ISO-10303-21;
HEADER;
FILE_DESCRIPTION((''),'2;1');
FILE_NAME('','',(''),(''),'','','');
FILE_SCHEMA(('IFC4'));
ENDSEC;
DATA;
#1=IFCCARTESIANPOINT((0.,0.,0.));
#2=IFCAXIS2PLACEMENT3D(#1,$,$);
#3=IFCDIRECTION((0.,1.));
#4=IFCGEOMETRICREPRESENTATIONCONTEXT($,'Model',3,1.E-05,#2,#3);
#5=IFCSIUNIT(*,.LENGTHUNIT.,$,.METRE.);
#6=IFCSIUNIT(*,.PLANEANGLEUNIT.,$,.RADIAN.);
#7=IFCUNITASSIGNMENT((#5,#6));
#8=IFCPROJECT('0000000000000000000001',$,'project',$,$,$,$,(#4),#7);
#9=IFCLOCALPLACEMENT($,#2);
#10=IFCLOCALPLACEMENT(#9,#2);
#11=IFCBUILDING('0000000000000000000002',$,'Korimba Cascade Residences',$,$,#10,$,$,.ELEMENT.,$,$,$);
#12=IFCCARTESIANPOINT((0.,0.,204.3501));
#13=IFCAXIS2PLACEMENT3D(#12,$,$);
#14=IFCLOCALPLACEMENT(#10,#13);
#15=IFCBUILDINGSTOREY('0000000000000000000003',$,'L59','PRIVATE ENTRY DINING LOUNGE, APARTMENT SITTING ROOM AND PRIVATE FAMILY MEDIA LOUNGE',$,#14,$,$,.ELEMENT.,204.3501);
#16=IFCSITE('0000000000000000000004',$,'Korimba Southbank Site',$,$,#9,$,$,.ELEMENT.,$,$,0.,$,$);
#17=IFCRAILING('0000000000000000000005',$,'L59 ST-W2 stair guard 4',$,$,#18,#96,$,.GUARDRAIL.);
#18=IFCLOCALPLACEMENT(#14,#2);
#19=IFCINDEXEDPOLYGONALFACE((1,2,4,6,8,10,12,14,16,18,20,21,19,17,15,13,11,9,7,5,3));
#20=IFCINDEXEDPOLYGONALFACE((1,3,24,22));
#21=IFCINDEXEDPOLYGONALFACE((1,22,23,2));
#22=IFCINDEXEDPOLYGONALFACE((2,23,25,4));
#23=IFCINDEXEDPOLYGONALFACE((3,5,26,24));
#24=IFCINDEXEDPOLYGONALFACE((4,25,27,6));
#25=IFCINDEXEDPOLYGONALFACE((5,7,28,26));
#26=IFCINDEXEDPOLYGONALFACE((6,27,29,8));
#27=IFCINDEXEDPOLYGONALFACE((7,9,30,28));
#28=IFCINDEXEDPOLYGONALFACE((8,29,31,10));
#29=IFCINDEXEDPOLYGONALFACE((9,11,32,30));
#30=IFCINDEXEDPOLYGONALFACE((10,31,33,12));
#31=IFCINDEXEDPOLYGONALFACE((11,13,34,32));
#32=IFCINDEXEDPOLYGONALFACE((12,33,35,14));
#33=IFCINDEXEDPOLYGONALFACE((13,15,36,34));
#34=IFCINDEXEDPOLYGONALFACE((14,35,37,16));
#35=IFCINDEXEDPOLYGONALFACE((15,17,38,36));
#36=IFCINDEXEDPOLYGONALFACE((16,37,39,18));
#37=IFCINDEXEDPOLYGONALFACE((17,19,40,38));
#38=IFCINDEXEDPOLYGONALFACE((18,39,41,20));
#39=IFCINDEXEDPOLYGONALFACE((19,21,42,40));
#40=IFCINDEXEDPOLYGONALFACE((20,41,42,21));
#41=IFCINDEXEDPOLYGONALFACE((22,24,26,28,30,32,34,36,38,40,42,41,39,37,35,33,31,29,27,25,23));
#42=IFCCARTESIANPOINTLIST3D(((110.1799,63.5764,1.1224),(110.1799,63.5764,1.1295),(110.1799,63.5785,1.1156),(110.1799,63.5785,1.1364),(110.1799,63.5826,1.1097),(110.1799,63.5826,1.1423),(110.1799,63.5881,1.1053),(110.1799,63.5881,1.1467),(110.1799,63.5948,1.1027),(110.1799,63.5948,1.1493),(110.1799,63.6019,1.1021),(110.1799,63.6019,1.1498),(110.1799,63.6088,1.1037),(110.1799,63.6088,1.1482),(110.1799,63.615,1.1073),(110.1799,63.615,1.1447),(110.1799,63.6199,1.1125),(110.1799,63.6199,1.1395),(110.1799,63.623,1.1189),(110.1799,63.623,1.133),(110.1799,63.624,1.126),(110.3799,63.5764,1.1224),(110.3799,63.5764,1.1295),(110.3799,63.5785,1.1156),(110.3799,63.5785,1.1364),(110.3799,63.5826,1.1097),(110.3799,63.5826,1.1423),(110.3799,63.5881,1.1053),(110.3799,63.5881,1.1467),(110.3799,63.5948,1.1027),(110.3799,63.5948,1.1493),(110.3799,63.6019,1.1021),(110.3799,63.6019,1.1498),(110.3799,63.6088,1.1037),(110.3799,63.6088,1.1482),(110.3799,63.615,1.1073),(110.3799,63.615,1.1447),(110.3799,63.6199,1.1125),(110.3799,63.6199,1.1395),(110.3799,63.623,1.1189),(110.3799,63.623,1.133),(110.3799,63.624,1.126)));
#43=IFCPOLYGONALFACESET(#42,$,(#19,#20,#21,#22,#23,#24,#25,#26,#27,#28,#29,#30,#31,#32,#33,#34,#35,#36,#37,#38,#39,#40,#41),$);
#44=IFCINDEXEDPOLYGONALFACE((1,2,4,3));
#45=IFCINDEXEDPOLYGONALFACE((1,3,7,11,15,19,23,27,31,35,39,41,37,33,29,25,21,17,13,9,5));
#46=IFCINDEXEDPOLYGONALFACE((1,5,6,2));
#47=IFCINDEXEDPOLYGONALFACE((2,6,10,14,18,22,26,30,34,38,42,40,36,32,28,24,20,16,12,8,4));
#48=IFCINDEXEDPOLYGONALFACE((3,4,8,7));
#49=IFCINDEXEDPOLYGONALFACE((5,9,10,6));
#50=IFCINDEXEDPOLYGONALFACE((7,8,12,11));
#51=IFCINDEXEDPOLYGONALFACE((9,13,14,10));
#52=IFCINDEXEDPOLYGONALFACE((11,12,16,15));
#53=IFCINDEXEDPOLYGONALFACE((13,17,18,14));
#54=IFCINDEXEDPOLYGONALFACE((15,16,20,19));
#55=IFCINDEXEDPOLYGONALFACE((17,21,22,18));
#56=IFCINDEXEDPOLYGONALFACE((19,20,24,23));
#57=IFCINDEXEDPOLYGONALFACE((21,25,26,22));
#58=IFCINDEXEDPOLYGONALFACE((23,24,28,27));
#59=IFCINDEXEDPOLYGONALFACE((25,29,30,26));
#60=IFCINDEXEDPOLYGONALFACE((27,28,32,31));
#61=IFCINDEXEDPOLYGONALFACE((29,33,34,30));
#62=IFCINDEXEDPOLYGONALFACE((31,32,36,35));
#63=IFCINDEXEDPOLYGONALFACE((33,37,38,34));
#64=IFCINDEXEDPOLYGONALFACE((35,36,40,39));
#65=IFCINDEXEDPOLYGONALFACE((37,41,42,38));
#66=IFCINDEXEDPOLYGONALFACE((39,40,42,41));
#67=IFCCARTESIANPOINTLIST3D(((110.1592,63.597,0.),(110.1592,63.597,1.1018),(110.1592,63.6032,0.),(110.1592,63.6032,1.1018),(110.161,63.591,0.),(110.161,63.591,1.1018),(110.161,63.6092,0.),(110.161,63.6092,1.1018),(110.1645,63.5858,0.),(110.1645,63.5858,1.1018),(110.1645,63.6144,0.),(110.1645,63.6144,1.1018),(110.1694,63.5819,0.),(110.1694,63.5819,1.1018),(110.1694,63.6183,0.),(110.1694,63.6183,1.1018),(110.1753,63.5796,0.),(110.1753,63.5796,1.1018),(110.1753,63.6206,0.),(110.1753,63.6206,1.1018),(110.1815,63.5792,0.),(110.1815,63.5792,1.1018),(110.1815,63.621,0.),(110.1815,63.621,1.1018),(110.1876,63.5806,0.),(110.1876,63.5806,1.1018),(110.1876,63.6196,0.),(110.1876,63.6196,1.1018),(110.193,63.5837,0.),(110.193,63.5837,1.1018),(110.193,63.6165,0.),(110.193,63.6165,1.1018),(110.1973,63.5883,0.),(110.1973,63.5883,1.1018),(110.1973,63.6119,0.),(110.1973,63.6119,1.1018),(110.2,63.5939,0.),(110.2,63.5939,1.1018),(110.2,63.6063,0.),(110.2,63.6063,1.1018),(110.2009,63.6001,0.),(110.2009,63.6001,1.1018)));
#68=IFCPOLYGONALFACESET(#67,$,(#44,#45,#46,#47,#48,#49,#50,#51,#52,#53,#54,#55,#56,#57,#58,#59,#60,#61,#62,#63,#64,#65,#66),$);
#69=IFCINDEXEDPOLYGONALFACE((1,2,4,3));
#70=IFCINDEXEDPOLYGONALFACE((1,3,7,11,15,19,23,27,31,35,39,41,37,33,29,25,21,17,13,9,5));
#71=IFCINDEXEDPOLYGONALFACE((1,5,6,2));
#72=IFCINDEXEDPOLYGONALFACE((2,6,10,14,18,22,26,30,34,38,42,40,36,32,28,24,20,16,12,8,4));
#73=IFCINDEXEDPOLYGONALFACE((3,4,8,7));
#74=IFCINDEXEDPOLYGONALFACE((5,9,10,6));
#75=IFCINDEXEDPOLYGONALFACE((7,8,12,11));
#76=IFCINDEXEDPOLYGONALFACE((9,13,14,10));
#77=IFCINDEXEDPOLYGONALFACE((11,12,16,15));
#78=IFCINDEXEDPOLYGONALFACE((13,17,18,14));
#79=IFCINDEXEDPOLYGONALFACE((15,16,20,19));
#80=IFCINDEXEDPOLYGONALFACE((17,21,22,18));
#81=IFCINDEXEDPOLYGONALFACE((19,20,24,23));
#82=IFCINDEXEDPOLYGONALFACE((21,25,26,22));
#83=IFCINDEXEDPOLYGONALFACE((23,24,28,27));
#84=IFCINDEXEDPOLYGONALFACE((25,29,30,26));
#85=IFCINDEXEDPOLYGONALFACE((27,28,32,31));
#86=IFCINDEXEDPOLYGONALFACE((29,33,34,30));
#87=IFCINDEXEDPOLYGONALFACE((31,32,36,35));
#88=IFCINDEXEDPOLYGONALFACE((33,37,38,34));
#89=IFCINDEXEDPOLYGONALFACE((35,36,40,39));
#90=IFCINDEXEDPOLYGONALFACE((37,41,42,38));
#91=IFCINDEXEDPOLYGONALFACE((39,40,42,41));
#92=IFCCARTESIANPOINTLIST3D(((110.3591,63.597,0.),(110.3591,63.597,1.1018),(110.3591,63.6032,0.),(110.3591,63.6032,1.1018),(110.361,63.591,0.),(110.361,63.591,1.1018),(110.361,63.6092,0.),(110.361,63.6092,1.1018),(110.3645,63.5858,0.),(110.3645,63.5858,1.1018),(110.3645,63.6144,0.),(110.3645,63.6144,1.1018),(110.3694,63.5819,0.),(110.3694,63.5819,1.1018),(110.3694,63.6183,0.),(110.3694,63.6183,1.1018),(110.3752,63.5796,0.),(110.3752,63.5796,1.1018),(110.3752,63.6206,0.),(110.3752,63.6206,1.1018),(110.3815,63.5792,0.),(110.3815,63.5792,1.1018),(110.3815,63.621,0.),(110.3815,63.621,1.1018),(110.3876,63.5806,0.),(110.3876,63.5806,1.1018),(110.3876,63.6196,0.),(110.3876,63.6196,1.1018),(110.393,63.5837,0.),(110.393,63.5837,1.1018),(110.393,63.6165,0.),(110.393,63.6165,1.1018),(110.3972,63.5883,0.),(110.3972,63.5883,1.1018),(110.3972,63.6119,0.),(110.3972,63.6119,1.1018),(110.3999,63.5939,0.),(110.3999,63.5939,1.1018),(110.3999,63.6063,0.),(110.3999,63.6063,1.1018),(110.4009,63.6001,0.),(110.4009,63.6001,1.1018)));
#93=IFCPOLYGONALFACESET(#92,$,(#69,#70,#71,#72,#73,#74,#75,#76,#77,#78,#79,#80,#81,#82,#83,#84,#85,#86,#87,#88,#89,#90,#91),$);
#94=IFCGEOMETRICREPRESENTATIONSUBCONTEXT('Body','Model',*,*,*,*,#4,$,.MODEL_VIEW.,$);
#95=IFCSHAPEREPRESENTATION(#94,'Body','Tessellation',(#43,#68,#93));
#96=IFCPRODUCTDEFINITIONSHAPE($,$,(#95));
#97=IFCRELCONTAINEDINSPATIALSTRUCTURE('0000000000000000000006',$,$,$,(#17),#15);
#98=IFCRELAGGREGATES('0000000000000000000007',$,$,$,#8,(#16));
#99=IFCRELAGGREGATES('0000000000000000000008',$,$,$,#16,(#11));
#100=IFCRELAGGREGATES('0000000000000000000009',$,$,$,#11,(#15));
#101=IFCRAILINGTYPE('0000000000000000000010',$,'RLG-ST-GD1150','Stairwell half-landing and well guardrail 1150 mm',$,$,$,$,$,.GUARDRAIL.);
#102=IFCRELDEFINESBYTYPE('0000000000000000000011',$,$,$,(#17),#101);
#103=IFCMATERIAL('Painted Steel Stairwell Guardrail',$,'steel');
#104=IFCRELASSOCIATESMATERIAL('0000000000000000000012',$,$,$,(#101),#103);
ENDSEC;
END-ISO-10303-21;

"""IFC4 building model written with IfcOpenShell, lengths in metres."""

from ifc_helpers import new_model, si_unit, direction, frame, origin, origin_2d, place, context, subcontext, project, spatial, circle, extrude, material, type_object, element, save


model = new_model("IFC4")

# Units and contexts
model_context = context("Model", 3, precision=1e-05, world=origin(), true_north=direction((0.0, 1.0)))
body_context = subcontext(model_context, "Body", "Model", "MODEL_VIEW")
ifc_project = project(units=[si_unit("LENGTHUNIT", "METRE"), si_unit("PLANEANGLEUNIT", "RADIAN")], contexts=[model_context])

# Site, building, storey
site_placement = place(None, origin())
site = spatial("IfcSite", under=ifc_project, at=site_placement, Name="Korimba Southbank Site", CompositionType="ELEMENT", RefElevation=0.0)
building_placement = place(site_placement, origin())
building = spatial("IfcBuilding", under=site, at=building_placement, Name="Korimba Cascade Residences", CompositionType="ELEMENT")
storey_placement = place(building_placement, frame((0.0, 0.0, 204.3501)))
storey = spatial("IfcBuildingStorey", under=building, at=storey_placement, Name="L59", Description="PRIVATE ENTRY DINING LOUNGE, APARTMENT SITTING ROOM AND PRIVATE FAMILY MEDIA LOUNGE", CompositionType="ELEMENT", Elevation=204.3501)

# Railing
ifc_material_1 = material(Name="Painted Steel Stairwell Guardrail", Category="steel")
railing_type_1 = type_object("IfcRailingType", Name="RLG-ST-GD1150", Description="Stairwell half-landing and well guardrail 1150 mm", PredefinedType="GUARDRAIL", material=ifc_material_1)
railing_1_placement = place(storey_placement, frame((110.1799, 63.6001, 0.0)))
element("IfcRailing", 1, at=railing_1_placement, inside=storey, type_object=railing_type_1, Name="L59 ST-W2 stair guard 4", PredefinedType="GUARDRAIL", context=body_context, shape_type="SweptSolid", body=[
    extrude(circle(Radius=0.0239, at=origin_2d()), frame((0.0, 0.0, 1.126), z_axis=(1.0, 0.0, 0.0), x_axis=(0.0, 1.0, 0.0)), (0.0, 0.0, 1.0), 0.2),
    extrude(circle(Radius=0.021, at=origin_2d()), origin(), (0.0, 0.0, 1.0), 1.1018),
    extrude(circle(Radius=0.021, at=origin_2d()), frame((0.2, 0.0, 0.0)), (0.0, 0.0, 1.0), 1.1018),
])

save(model, "model.ifc")
